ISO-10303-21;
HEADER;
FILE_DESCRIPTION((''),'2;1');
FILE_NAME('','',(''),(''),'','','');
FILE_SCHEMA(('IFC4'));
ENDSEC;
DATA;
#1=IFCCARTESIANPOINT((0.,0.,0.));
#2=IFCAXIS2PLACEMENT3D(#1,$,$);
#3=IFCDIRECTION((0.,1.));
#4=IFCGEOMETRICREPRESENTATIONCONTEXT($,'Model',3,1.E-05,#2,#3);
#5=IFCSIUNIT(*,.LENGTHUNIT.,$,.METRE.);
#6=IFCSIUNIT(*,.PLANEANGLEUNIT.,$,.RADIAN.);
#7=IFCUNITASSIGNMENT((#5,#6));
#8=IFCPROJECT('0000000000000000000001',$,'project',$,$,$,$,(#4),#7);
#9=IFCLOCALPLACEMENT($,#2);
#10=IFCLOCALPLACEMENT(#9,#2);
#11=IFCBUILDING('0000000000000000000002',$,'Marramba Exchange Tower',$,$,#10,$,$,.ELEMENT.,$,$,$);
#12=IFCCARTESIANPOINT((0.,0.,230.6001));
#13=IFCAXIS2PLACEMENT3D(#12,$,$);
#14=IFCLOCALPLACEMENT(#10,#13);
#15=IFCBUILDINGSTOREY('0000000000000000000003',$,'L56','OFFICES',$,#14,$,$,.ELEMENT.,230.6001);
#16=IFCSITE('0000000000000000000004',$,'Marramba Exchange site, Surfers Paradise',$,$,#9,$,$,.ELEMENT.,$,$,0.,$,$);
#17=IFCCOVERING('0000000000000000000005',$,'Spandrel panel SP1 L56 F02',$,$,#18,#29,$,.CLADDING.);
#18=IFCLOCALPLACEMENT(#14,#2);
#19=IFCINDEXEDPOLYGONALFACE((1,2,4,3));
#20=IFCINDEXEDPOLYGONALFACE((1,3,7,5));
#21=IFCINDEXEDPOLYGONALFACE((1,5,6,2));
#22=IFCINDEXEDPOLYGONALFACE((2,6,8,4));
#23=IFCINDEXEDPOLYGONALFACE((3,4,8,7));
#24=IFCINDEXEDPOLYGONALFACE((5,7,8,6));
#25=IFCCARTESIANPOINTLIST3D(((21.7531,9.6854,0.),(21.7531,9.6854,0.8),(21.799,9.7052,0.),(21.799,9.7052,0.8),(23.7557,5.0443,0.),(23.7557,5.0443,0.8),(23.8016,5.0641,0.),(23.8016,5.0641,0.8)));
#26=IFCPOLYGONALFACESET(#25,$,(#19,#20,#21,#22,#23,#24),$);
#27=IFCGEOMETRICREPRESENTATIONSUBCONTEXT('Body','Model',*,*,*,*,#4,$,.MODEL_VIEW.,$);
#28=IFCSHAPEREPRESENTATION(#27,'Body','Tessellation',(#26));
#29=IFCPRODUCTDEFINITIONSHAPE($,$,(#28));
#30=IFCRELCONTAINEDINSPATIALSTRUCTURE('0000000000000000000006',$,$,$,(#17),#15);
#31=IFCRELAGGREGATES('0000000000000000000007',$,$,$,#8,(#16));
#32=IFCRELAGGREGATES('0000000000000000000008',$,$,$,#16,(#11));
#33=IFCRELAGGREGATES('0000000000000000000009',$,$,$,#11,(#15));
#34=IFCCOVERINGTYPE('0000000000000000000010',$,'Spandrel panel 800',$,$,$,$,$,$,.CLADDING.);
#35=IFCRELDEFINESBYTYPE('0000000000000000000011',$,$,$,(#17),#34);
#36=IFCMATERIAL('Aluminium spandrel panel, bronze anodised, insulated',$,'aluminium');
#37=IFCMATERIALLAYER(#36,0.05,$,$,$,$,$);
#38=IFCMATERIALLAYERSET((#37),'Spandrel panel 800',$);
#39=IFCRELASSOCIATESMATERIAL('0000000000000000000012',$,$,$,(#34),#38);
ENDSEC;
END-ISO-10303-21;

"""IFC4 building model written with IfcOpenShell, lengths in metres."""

from ifc_helpers import new_model, si_unit, direction, frame, origin, origin_2d, place, context, subcontext, project, spatial, rectangle, extrude, material, layer, layer_set, type_object, element, save


model = new_model("IFC4")

# Units and contexts
model_context = context("Model", 3, precision=1e-05, world=origin(), true_north=direction((0.0, 1.0)))
body_context = subcontext(model_context, "Body", "Model", "MODEL_VIEW")
ifc_project = project(units=[si_unit("LENGTHUNIT", "METRE"), si_unit("PLANEANGLEUNIT", "RADIAN")], contexts=[model_context])

# Site, building, storey
site_placement = place(None, origin())
site = spatial("IfcSite", under=ifc_project, at=site_placement, Name="Marramba Exchange site, Surfers Paradise", CompositionType="ELEMENT", RefElevation=0.0)
building_placement = place(site_placement, origin())
building = spatial("IfcBuilding", under=site, at=building_placement, Name="Marramba Exchange Tower", CompositionType="ELEMENT")
storey_placement = place(building_placement, frame((0.0, 0.0, 230.6001)))
storey = spatial("IfcBuildingStorey", under=building, at=storey_placement, Name="L56", Description="OFFICES", CompositionType="ELEMENT", Elevation=230.6001)

# Covering
ifc_material_1 = material(Name="Aluminium spandrel panel, bronze anodised, insulated", Category="aluminium")
ifc_layer_1 = layer(ifc_material_1, 0.05)
ifc_layer_set_1 = layer_set([ifc_layer_1], Name="Spandrel panel 800")
covering_type = type_object("IfcCoveringType", Name="Spandrel panel 800", PredefinedType="CLADDING", material=ifc_layer_set_1)
covering_1_placement = place(storey_placement, frame((22.7773, 7.3748, 0.0), z_axis=(0.0, 0.0, 1.0), x_axis=(-0.396193, 0.918167, 0.0)))
element("IfcCovering", 1, at=covering_1_placement, inside=storey, type_object=covering_type, Name="Spandrel panel SP1 L56 F02", PredefinedType="CLADDING", context=body_context, shape_type="SweptSolid", body=[
    extrude(rectangle(XDim=5.0547, YDim=0.05, at=origin_2d()), origin(), (0.0, 0.0, 1.0), 0.8),
])

save(model, "model.ifc")
